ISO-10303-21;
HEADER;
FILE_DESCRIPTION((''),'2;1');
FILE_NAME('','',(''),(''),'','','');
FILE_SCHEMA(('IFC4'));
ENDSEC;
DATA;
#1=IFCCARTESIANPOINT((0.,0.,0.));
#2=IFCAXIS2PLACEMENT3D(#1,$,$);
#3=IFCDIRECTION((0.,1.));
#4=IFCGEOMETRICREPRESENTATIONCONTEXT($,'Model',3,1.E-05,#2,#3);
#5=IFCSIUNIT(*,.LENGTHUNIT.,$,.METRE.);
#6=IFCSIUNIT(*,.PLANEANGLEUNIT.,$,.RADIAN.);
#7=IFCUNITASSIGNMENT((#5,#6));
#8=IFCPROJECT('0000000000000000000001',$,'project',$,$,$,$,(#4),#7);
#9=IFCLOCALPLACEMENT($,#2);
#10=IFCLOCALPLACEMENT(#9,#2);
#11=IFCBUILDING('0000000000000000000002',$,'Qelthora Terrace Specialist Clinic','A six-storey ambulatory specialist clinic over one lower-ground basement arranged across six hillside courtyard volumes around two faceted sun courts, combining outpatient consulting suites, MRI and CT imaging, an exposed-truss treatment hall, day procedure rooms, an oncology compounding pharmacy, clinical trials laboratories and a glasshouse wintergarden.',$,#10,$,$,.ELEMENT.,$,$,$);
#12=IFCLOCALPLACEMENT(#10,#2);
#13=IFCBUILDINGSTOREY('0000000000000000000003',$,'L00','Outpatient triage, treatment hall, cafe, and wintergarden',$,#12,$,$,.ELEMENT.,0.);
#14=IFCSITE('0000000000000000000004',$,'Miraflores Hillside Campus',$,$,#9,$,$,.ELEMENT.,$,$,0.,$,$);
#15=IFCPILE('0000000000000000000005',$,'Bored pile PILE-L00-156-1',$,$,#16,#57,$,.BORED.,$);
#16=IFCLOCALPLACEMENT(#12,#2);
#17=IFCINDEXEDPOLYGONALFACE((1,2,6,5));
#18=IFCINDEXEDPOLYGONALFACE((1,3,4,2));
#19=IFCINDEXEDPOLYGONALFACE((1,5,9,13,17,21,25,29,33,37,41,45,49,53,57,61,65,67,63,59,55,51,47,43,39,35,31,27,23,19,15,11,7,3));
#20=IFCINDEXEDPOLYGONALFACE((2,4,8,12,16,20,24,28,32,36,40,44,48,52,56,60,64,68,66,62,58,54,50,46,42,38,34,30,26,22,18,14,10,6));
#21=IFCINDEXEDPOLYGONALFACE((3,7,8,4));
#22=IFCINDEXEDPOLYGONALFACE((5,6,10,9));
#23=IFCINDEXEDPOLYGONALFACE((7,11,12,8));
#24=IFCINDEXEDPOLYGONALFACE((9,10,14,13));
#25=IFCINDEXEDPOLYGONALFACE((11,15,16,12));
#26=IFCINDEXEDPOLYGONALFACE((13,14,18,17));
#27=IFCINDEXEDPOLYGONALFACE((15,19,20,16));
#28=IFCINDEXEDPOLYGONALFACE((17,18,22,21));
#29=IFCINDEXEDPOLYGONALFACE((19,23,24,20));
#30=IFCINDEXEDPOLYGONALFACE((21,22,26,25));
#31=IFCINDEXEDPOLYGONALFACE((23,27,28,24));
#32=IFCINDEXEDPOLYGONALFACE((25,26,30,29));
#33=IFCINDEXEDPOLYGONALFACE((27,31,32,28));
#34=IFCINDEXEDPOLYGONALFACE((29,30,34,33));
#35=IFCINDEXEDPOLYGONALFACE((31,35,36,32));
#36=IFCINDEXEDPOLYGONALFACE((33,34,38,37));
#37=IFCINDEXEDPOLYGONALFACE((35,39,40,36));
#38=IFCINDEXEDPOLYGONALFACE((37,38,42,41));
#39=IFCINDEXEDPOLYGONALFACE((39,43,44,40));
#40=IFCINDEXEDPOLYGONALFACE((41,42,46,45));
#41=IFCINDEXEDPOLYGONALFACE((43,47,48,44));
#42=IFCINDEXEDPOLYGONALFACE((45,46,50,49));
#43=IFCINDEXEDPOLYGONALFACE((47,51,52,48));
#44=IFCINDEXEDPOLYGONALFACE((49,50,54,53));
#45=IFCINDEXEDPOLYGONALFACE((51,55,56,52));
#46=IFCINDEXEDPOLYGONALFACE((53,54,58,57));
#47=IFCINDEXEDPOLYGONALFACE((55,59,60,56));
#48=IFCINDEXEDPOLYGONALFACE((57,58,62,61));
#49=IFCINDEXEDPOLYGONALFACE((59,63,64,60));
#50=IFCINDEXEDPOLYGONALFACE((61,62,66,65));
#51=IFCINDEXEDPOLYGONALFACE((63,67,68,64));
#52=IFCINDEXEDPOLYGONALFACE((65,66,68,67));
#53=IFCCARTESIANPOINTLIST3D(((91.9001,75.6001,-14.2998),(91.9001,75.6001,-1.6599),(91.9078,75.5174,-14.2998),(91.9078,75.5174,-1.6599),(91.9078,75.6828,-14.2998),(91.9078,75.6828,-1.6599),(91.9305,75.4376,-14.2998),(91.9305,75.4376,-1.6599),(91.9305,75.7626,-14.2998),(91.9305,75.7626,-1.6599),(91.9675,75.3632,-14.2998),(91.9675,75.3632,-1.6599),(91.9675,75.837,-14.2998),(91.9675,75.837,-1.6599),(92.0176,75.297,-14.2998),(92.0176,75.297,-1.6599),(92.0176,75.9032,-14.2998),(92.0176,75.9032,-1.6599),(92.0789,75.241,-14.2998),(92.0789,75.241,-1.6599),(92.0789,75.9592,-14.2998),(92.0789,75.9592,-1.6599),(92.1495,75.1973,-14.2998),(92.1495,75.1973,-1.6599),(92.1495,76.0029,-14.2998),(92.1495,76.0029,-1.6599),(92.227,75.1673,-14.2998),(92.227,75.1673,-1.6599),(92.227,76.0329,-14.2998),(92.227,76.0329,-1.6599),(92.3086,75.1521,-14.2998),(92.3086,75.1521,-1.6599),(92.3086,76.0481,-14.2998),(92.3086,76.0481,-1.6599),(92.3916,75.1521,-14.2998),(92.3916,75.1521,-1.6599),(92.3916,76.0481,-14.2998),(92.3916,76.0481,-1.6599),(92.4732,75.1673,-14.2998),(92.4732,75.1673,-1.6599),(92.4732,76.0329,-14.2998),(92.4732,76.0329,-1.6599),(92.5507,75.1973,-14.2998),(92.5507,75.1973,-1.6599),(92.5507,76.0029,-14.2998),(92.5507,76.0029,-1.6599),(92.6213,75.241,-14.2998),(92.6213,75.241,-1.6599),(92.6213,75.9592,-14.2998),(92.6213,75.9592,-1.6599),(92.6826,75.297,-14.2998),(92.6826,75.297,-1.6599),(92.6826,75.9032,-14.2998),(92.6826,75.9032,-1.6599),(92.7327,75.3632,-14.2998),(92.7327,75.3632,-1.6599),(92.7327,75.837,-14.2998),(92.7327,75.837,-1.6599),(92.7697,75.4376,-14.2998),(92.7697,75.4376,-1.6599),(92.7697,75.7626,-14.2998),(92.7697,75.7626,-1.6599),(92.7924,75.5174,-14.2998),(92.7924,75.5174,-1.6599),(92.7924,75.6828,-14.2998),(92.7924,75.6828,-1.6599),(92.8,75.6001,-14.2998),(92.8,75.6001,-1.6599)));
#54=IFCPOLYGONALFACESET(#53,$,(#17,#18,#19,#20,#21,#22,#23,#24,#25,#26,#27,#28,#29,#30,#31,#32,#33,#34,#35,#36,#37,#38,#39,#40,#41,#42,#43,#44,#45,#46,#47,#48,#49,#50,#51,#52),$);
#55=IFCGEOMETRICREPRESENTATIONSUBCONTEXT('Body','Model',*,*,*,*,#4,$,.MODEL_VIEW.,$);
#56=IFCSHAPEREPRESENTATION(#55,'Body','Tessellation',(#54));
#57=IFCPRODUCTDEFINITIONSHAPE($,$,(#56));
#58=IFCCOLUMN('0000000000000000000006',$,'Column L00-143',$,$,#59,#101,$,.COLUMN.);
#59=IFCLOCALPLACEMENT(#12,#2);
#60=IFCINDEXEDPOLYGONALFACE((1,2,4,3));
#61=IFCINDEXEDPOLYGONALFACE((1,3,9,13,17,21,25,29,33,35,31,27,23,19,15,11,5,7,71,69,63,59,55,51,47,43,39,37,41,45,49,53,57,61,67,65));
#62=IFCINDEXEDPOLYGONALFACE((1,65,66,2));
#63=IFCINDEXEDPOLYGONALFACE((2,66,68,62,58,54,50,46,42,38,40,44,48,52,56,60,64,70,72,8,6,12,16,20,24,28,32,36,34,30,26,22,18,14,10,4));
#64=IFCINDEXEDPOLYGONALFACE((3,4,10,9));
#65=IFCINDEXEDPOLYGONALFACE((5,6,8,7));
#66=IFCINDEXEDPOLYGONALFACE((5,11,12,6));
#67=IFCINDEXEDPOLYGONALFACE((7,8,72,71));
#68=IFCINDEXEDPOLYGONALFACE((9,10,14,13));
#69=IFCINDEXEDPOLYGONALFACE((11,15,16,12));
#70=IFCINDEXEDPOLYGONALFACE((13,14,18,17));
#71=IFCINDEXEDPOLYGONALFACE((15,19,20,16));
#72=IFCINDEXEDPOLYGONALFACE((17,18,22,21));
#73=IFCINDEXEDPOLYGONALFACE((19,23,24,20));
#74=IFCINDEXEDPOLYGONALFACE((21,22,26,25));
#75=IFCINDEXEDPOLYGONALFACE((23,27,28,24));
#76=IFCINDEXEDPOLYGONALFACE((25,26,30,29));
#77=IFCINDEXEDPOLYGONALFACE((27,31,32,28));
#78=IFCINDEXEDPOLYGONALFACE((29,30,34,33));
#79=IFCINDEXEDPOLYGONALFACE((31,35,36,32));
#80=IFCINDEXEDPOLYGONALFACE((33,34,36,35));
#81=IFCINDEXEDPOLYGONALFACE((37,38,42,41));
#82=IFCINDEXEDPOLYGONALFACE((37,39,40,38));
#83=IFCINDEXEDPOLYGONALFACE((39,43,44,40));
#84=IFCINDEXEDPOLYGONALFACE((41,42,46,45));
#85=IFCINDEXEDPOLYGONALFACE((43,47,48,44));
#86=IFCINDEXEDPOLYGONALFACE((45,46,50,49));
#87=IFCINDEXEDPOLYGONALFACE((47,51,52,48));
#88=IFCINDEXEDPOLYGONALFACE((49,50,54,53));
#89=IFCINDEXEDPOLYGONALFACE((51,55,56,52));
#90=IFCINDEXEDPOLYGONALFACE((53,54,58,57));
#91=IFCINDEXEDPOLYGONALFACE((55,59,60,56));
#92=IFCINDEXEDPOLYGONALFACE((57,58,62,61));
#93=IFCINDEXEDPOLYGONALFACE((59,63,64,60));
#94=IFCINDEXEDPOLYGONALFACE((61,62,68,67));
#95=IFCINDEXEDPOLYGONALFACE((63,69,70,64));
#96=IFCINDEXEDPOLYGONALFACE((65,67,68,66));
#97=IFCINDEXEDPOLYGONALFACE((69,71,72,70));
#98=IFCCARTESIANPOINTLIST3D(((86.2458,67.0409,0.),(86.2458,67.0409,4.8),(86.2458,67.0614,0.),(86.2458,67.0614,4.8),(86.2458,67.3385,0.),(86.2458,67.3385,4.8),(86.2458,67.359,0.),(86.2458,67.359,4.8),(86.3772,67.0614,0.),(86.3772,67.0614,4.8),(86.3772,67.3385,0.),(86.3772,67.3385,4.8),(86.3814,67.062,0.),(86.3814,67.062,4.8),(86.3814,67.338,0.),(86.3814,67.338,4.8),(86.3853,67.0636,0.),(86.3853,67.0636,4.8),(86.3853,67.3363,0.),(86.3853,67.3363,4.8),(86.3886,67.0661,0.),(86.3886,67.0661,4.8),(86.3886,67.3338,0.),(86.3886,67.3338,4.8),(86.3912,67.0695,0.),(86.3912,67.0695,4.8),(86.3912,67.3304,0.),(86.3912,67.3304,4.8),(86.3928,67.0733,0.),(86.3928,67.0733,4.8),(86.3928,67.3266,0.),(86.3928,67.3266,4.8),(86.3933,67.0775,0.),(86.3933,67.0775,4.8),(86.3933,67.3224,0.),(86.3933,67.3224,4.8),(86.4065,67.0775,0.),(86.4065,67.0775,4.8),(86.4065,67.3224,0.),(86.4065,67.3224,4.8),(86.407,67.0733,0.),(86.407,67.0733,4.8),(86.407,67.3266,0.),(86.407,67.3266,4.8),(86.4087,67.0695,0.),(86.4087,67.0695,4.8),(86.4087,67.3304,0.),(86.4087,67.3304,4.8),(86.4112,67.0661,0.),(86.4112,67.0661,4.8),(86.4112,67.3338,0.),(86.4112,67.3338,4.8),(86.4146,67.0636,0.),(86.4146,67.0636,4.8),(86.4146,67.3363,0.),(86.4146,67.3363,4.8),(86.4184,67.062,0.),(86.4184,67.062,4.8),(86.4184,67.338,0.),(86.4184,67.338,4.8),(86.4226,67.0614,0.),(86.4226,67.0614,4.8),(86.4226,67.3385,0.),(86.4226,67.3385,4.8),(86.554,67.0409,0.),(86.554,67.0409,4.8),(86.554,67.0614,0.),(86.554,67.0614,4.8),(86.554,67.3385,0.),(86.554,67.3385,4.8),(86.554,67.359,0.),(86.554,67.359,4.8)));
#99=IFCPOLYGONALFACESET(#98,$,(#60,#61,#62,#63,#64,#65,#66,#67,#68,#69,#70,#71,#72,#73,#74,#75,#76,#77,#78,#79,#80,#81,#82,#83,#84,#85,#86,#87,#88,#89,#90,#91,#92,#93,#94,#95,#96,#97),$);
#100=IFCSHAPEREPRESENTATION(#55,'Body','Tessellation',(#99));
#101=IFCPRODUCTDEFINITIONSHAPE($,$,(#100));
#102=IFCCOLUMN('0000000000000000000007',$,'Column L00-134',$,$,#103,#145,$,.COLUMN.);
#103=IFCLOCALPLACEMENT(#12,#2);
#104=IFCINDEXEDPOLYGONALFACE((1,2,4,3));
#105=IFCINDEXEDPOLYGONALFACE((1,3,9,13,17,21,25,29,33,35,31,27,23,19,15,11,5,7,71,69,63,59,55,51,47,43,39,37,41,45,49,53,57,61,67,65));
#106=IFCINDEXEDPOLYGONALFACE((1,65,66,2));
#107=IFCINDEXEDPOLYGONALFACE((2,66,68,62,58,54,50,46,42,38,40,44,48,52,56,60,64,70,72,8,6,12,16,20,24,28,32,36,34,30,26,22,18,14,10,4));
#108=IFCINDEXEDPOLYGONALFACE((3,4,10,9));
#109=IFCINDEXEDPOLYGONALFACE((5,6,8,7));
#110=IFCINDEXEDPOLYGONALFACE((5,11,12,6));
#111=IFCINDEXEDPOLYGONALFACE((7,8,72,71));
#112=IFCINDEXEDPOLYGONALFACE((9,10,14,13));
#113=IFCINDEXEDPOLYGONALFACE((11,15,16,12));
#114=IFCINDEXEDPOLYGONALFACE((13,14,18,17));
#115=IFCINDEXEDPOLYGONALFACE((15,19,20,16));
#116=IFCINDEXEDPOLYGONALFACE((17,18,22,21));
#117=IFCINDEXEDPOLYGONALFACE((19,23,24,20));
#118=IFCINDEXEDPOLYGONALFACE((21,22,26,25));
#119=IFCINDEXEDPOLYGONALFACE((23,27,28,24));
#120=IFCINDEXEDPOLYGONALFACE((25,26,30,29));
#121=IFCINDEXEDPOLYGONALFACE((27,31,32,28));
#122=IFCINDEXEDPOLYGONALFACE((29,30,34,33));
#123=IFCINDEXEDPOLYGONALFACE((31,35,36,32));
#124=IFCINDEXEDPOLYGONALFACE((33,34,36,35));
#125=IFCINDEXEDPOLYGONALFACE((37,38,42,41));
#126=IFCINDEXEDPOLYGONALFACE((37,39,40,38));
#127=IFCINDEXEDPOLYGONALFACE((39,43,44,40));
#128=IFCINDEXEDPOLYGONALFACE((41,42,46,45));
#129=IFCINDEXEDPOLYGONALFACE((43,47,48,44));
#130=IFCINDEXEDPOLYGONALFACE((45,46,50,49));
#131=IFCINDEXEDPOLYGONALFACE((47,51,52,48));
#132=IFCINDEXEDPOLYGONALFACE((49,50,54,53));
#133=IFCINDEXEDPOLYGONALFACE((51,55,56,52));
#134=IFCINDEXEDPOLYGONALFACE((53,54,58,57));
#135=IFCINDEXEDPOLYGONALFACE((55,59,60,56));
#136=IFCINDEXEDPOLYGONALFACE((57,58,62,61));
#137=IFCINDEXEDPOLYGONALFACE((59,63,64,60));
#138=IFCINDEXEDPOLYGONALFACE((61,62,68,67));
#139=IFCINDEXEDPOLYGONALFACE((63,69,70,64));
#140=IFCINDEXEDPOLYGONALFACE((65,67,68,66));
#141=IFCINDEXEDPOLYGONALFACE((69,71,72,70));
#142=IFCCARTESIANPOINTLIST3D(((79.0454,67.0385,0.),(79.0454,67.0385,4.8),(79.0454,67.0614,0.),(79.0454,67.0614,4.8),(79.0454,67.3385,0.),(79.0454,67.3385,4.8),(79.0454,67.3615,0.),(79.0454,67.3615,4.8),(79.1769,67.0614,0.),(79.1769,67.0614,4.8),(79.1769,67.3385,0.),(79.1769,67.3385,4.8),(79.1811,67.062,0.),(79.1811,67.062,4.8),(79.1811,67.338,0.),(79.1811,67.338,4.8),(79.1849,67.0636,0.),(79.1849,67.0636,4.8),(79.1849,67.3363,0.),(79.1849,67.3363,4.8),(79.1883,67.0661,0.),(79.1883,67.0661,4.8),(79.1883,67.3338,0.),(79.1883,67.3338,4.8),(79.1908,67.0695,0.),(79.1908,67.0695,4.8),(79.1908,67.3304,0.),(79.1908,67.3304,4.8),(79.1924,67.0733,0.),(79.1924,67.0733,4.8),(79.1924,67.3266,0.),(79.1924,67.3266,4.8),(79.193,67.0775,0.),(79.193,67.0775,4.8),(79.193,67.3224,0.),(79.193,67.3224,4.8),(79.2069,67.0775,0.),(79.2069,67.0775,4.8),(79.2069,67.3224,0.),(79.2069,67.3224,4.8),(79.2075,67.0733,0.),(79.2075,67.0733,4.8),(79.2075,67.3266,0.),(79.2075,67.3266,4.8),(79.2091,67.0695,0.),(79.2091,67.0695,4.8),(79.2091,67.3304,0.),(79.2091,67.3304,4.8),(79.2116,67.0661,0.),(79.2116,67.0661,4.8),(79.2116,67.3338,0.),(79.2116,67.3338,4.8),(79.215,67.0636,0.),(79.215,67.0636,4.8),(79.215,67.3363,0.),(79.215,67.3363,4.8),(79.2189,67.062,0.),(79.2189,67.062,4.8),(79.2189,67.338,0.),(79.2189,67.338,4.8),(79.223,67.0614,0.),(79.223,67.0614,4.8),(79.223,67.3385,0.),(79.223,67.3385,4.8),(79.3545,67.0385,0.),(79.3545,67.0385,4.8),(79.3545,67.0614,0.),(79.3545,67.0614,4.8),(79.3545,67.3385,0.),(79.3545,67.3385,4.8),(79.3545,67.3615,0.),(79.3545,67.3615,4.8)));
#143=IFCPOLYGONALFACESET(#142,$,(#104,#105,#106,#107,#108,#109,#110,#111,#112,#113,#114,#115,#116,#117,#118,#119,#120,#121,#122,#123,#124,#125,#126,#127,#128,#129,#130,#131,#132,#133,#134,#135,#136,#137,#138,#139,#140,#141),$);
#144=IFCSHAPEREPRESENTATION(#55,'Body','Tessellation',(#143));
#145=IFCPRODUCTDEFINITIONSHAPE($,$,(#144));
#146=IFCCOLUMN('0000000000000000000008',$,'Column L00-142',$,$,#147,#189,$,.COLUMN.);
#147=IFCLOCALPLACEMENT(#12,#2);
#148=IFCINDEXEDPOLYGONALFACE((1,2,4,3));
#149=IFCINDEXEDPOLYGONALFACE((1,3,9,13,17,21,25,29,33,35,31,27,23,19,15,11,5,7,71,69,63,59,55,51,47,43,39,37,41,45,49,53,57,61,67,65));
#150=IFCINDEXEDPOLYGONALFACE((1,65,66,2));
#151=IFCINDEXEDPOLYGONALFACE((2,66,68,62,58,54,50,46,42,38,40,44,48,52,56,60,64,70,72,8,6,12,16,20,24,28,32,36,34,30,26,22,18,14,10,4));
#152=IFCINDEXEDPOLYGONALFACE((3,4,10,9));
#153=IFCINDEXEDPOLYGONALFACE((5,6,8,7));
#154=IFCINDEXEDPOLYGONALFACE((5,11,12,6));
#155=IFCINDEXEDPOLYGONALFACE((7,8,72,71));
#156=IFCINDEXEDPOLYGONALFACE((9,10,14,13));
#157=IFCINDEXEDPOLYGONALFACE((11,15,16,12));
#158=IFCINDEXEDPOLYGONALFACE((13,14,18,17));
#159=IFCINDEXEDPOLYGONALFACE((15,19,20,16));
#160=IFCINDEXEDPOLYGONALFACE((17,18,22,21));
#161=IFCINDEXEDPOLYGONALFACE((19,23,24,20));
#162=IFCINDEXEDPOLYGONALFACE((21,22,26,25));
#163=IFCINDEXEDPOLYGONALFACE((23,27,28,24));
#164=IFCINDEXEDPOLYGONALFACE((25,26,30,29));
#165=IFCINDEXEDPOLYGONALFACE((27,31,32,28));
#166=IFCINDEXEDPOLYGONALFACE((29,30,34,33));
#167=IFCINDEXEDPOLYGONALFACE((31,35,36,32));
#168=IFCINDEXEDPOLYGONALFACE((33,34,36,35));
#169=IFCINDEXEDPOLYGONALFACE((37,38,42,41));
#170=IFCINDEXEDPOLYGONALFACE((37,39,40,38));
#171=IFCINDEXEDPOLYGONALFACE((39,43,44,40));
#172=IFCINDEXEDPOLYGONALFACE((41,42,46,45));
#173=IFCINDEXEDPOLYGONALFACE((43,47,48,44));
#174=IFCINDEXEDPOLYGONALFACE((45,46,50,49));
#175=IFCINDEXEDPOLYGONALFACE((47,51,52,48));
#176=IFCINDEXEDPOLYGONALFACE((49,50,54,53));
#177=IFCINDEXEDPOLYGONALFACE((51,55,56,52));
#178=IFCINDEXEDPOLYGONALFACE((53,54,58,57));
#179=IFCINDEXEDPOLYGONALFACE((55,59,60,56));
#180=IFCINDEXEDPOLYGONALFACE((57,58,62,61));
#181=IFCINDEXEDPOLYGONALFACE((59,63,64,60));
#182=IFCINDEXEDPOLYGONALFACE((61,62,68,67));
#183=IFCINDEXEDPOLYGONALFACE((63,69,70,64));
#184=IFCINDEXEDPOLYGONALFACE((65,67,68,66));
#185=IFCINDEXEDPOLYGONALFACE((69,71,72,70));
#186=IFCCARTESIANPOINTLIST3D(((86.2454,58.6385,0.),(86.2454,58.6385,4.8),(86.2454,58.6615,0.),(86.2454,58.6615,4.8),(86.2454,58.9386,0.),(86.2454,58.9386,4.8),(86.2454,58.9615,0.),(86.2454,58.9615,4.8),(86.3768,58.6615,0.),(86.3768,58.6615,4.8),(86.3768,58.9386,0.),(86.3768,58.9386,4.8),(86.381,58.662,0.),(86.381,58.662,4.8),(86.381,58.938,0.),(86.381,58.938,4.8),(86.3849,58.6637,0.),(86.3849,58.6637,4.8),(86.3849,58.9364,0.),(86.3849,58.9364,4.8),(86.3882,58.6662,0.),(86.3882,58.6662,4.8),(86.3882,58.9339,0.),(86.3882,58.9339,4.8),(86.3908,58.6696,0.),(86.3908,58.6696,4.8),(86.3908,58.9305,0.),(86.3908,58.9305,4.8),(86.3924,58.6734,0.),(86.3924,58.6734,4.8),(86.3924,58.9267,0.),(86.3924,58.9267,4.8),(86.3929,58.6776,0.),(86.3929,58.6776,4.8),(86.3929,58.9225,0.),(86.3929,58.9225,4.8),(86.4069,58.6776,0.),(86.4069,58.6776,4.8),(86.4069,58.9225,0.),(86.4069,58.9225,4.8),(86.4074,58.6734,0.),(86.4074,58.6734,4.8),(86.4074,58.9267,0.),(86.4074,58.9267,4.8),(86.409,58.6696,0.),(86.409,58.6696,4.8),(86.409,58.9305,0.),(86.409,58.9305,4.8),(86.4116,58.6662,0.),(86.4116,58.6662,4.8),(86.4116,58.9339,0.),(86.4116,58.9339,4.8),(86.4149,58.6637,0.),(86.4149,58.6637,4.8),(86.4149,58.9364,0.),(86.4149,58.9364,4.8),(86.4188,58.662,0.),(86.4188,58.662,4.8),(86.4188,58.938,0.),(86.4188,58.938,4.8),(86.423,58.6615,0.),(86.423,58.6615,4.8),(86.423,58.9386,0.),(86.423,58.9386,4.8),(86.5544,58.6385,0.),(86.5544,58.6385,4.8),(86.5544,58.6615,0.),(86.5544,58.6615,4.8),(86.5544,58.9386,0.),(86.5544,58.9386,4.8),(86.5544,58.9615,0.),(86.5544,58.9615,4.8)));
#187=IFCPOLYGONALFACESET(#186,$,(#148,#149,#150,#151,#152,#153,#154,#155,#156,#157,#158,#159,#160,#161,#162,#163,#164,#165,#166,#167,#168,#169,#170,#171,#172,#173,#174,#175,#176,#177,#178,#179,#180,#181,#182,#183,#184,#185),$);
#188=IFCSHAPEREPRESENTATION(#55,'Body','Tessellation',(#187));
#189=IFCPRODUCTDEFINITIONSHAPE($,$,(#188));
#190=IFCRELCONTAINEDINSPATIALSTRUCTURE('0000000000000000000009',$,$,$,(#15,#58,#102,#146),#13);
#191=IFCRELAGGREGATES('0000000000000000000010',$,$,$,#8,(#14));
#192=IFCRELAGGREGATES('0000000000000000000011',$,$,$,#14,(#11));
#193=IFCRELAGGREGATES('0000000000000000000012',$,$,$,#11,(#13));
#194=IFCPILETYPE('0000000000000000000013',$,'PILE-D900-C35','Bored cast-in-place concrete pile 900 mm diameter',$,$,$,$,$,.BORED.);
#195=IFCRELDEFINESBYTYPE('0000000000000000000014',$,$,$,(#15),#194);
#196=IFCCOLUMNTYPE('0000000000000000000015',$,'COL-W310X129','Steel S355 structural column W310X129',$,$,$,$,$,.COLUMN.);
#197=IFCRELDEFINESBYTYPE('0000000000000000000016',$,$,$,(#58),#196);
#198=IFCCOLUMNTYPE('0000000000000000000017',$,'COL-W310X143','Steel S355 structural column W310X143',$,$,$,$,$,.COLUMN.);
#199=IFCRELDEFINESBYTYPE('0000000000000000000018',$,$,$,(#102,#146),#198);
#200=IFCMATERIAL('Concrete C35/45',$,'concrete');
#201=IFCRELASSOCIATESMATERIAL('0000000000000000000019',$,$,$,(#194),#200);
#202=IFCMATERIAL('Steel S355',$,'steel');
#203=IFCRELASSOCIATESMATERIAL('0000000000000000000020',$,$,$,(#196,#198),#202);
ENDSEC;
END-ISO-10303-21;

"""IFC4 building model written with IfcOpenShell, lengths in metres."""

from ifc_helpers import new_model, si_unit, direction, frame, origin, origin_2d, place, context, subcontext, project, spatial, circle, i_section, extrude, material, material_profile, profile_set, type_object, element, save


model = new_model("IFC4")

# Units and contexts
model_context = context("Model", 3, precision=1e-05, world=origin(), true_north=direction((0.0, 1.0)))
body_context = subcontext(model_context, "Body", "Model", "MODEL_VIEW")
ifc_project = project(units=[si_unit("LENGTHUNIT", "METRE"), si_unit("PLANEANGLEUNIT", "RADIAN")], contexts=[model_context])

# Site, building, storey
site_placement = place(None, origin())
site = spatial("IfcSite", under=ifc_project, at=site_placement, Name="Miraflores Hillside Campus", CompositionType="ELEMENT", RefElevation=0.0)
building_placement = place(site_placement, origin())
building = spatial("IfcBuilding", under=site, at=building_placement, Name="Qelthora Terrace Specialist Clinic", Description="A six-storey ambulatory specialist clinic over one lower-ground basement arranged across six hillside courtyard volumes around two faceted sun courts, combining outpatient consulting suites, MRI and CT imaging, an exposed-truss treatment hall, day procedure rooms, an oncology compounding pharmacy, clinical trials laboratories and a glasshouse wintergarden.", CompositionType="ELEMENT")
storey_placement = place(building_placement, origin())
storey = spatial("IfcBuildingStorey", under=building, at=storey_placement, Name="L00", Description="Outpatient triage, treatment hall, cafe, and wintergarden", CompositionType="ELEMENT", Elevation=0.0)

# Shared definitions
ifc_material_1 = material(Name="Concrete C35/45", Category="concrete")

# Pile
ifc_material_profile_1 = material_profile(ifc_material_1, circle(Radius=0.45, at=origin_2d()), Name="PILE900")
ifc_profile_set_1 = profile_set([ifc_material_profile_1], Name="Concrete C35/45")
pile_type_1 = type_object("IfcPileType", Name="PILE-D900-C35", Description="Bored cast-in-place concrete pile 900 mm diameter", PredefinedType="BORED", material=ifc_profile_set_1)
pile_1_placement = place(storey_placement, frame((92.3501, 75.6001, -1.6599), z_axis=(0.0, 0.0, -1.0), x_axis=(1.0, 0.0, 0.0)))
element("IfcPile", 1, at=pile_1_placement, inside=storey, type_object=pile_type_1, Name="Bored pile PILE-L00-156-1", PredefinedType="BORED", context=body_context, shape_type="SweptSolid", body=[
    extrude(circle(Radius=0.45, at=origin_2d()), origin(), (0.0, 0.0, 1.0), 12.6399),
])

# Columns
ifc_material_2 = material(Name="Steel S355", Category="steel")
ifc_material_profile_2 = material_profile(ifc_material_2, i_section(OverallWidth=0.3081, OverallDepth=0.3181, WebThickness=0.0132, FlangeThickness=0.0205, FilletRadius=0.0161, at=origin_2d()), Name="W310X129")
ifc_profile_set_2 = profile_set([ifc_material_profile_2], Name="Steel S355")
column_type_1 = type_object("IfcColumnType", Name="COL-W310X129", Description="Steel S355 structural column W310X129", PredefinedType="COLUMN", material=ifc_profile_set_2)
column_placement = place(storey_placement, frame((86.3999, 67.2, 0.0), z_axis=(0.0, 0.0, 1.0), x_axis=(1.0, 0.0, 0.0)))
element("IfcColumn", 2, at=column_placement, inside=storey, type_object=column_type_1, Name="Column L00-143", PredefinedType="COLUMN", context=body_context, shape_type="SweptSolid", body=[
    extrude(i_section(OverallWidth=0.3081, OverallDepth=0.3181, WebThickness=0.0132, FlangeThickness=0.0205, FilletRadius=0.0161, at=origin_2d()), origin(), (0.0, 0.0, 1.0), 4.8),
])
ifc_material_profile_3 = material_profile(ifc_material_2, i_section(OverallWidth=0.3091, OverallDepth=0.323, WebThickness=0.0139, FlangeThickness=0.0229, FilletRadius=0.0161, at=origin_2d()), Name="W310X143")
ifc_profile_set_3 = profile_set([ifc_material_profile_3], Name="Steel S355")
column_type_2 = type_object("IfcColumnType", Name="COL-W310X143", Description="Steel S355 structural column W310X143", PredefinedType="COLUMN", material=ifc_profile_set_3)
for number, where, z_axis, x_axis, name in (
    (3, (79.2, 67.2, 0.0), (0.0, 0.0, 1.0), (1.0, 0.0, 0.0), "Column L00-134"),
    (4, (86.3999, 58.8, 0.0), (0.0, 0.0, 1.0), (1.0, 0.0, 0.0), "Column L00-142"),
):
    element("IfcColumn", number, at=place(storey_placement, frame(where, z_axis=z_axis, x_axis=x_axis)), inside=storey, type_object=column_type_2, Name=name, PredefinedType="COLUMN", context=body_context, shape_type="SweptSolid", body=[
        extrude(i_section(OverallWidth=0.3091, OverallDepth=0.323, WebThickness=0.0139, FlangeThickness=0.0229, FilletRadius=0.0161, at=origin_2d()), origin(), (0.0, 0.0, 1.0), 4.8),
    ])

save(model, "model.ifc")
